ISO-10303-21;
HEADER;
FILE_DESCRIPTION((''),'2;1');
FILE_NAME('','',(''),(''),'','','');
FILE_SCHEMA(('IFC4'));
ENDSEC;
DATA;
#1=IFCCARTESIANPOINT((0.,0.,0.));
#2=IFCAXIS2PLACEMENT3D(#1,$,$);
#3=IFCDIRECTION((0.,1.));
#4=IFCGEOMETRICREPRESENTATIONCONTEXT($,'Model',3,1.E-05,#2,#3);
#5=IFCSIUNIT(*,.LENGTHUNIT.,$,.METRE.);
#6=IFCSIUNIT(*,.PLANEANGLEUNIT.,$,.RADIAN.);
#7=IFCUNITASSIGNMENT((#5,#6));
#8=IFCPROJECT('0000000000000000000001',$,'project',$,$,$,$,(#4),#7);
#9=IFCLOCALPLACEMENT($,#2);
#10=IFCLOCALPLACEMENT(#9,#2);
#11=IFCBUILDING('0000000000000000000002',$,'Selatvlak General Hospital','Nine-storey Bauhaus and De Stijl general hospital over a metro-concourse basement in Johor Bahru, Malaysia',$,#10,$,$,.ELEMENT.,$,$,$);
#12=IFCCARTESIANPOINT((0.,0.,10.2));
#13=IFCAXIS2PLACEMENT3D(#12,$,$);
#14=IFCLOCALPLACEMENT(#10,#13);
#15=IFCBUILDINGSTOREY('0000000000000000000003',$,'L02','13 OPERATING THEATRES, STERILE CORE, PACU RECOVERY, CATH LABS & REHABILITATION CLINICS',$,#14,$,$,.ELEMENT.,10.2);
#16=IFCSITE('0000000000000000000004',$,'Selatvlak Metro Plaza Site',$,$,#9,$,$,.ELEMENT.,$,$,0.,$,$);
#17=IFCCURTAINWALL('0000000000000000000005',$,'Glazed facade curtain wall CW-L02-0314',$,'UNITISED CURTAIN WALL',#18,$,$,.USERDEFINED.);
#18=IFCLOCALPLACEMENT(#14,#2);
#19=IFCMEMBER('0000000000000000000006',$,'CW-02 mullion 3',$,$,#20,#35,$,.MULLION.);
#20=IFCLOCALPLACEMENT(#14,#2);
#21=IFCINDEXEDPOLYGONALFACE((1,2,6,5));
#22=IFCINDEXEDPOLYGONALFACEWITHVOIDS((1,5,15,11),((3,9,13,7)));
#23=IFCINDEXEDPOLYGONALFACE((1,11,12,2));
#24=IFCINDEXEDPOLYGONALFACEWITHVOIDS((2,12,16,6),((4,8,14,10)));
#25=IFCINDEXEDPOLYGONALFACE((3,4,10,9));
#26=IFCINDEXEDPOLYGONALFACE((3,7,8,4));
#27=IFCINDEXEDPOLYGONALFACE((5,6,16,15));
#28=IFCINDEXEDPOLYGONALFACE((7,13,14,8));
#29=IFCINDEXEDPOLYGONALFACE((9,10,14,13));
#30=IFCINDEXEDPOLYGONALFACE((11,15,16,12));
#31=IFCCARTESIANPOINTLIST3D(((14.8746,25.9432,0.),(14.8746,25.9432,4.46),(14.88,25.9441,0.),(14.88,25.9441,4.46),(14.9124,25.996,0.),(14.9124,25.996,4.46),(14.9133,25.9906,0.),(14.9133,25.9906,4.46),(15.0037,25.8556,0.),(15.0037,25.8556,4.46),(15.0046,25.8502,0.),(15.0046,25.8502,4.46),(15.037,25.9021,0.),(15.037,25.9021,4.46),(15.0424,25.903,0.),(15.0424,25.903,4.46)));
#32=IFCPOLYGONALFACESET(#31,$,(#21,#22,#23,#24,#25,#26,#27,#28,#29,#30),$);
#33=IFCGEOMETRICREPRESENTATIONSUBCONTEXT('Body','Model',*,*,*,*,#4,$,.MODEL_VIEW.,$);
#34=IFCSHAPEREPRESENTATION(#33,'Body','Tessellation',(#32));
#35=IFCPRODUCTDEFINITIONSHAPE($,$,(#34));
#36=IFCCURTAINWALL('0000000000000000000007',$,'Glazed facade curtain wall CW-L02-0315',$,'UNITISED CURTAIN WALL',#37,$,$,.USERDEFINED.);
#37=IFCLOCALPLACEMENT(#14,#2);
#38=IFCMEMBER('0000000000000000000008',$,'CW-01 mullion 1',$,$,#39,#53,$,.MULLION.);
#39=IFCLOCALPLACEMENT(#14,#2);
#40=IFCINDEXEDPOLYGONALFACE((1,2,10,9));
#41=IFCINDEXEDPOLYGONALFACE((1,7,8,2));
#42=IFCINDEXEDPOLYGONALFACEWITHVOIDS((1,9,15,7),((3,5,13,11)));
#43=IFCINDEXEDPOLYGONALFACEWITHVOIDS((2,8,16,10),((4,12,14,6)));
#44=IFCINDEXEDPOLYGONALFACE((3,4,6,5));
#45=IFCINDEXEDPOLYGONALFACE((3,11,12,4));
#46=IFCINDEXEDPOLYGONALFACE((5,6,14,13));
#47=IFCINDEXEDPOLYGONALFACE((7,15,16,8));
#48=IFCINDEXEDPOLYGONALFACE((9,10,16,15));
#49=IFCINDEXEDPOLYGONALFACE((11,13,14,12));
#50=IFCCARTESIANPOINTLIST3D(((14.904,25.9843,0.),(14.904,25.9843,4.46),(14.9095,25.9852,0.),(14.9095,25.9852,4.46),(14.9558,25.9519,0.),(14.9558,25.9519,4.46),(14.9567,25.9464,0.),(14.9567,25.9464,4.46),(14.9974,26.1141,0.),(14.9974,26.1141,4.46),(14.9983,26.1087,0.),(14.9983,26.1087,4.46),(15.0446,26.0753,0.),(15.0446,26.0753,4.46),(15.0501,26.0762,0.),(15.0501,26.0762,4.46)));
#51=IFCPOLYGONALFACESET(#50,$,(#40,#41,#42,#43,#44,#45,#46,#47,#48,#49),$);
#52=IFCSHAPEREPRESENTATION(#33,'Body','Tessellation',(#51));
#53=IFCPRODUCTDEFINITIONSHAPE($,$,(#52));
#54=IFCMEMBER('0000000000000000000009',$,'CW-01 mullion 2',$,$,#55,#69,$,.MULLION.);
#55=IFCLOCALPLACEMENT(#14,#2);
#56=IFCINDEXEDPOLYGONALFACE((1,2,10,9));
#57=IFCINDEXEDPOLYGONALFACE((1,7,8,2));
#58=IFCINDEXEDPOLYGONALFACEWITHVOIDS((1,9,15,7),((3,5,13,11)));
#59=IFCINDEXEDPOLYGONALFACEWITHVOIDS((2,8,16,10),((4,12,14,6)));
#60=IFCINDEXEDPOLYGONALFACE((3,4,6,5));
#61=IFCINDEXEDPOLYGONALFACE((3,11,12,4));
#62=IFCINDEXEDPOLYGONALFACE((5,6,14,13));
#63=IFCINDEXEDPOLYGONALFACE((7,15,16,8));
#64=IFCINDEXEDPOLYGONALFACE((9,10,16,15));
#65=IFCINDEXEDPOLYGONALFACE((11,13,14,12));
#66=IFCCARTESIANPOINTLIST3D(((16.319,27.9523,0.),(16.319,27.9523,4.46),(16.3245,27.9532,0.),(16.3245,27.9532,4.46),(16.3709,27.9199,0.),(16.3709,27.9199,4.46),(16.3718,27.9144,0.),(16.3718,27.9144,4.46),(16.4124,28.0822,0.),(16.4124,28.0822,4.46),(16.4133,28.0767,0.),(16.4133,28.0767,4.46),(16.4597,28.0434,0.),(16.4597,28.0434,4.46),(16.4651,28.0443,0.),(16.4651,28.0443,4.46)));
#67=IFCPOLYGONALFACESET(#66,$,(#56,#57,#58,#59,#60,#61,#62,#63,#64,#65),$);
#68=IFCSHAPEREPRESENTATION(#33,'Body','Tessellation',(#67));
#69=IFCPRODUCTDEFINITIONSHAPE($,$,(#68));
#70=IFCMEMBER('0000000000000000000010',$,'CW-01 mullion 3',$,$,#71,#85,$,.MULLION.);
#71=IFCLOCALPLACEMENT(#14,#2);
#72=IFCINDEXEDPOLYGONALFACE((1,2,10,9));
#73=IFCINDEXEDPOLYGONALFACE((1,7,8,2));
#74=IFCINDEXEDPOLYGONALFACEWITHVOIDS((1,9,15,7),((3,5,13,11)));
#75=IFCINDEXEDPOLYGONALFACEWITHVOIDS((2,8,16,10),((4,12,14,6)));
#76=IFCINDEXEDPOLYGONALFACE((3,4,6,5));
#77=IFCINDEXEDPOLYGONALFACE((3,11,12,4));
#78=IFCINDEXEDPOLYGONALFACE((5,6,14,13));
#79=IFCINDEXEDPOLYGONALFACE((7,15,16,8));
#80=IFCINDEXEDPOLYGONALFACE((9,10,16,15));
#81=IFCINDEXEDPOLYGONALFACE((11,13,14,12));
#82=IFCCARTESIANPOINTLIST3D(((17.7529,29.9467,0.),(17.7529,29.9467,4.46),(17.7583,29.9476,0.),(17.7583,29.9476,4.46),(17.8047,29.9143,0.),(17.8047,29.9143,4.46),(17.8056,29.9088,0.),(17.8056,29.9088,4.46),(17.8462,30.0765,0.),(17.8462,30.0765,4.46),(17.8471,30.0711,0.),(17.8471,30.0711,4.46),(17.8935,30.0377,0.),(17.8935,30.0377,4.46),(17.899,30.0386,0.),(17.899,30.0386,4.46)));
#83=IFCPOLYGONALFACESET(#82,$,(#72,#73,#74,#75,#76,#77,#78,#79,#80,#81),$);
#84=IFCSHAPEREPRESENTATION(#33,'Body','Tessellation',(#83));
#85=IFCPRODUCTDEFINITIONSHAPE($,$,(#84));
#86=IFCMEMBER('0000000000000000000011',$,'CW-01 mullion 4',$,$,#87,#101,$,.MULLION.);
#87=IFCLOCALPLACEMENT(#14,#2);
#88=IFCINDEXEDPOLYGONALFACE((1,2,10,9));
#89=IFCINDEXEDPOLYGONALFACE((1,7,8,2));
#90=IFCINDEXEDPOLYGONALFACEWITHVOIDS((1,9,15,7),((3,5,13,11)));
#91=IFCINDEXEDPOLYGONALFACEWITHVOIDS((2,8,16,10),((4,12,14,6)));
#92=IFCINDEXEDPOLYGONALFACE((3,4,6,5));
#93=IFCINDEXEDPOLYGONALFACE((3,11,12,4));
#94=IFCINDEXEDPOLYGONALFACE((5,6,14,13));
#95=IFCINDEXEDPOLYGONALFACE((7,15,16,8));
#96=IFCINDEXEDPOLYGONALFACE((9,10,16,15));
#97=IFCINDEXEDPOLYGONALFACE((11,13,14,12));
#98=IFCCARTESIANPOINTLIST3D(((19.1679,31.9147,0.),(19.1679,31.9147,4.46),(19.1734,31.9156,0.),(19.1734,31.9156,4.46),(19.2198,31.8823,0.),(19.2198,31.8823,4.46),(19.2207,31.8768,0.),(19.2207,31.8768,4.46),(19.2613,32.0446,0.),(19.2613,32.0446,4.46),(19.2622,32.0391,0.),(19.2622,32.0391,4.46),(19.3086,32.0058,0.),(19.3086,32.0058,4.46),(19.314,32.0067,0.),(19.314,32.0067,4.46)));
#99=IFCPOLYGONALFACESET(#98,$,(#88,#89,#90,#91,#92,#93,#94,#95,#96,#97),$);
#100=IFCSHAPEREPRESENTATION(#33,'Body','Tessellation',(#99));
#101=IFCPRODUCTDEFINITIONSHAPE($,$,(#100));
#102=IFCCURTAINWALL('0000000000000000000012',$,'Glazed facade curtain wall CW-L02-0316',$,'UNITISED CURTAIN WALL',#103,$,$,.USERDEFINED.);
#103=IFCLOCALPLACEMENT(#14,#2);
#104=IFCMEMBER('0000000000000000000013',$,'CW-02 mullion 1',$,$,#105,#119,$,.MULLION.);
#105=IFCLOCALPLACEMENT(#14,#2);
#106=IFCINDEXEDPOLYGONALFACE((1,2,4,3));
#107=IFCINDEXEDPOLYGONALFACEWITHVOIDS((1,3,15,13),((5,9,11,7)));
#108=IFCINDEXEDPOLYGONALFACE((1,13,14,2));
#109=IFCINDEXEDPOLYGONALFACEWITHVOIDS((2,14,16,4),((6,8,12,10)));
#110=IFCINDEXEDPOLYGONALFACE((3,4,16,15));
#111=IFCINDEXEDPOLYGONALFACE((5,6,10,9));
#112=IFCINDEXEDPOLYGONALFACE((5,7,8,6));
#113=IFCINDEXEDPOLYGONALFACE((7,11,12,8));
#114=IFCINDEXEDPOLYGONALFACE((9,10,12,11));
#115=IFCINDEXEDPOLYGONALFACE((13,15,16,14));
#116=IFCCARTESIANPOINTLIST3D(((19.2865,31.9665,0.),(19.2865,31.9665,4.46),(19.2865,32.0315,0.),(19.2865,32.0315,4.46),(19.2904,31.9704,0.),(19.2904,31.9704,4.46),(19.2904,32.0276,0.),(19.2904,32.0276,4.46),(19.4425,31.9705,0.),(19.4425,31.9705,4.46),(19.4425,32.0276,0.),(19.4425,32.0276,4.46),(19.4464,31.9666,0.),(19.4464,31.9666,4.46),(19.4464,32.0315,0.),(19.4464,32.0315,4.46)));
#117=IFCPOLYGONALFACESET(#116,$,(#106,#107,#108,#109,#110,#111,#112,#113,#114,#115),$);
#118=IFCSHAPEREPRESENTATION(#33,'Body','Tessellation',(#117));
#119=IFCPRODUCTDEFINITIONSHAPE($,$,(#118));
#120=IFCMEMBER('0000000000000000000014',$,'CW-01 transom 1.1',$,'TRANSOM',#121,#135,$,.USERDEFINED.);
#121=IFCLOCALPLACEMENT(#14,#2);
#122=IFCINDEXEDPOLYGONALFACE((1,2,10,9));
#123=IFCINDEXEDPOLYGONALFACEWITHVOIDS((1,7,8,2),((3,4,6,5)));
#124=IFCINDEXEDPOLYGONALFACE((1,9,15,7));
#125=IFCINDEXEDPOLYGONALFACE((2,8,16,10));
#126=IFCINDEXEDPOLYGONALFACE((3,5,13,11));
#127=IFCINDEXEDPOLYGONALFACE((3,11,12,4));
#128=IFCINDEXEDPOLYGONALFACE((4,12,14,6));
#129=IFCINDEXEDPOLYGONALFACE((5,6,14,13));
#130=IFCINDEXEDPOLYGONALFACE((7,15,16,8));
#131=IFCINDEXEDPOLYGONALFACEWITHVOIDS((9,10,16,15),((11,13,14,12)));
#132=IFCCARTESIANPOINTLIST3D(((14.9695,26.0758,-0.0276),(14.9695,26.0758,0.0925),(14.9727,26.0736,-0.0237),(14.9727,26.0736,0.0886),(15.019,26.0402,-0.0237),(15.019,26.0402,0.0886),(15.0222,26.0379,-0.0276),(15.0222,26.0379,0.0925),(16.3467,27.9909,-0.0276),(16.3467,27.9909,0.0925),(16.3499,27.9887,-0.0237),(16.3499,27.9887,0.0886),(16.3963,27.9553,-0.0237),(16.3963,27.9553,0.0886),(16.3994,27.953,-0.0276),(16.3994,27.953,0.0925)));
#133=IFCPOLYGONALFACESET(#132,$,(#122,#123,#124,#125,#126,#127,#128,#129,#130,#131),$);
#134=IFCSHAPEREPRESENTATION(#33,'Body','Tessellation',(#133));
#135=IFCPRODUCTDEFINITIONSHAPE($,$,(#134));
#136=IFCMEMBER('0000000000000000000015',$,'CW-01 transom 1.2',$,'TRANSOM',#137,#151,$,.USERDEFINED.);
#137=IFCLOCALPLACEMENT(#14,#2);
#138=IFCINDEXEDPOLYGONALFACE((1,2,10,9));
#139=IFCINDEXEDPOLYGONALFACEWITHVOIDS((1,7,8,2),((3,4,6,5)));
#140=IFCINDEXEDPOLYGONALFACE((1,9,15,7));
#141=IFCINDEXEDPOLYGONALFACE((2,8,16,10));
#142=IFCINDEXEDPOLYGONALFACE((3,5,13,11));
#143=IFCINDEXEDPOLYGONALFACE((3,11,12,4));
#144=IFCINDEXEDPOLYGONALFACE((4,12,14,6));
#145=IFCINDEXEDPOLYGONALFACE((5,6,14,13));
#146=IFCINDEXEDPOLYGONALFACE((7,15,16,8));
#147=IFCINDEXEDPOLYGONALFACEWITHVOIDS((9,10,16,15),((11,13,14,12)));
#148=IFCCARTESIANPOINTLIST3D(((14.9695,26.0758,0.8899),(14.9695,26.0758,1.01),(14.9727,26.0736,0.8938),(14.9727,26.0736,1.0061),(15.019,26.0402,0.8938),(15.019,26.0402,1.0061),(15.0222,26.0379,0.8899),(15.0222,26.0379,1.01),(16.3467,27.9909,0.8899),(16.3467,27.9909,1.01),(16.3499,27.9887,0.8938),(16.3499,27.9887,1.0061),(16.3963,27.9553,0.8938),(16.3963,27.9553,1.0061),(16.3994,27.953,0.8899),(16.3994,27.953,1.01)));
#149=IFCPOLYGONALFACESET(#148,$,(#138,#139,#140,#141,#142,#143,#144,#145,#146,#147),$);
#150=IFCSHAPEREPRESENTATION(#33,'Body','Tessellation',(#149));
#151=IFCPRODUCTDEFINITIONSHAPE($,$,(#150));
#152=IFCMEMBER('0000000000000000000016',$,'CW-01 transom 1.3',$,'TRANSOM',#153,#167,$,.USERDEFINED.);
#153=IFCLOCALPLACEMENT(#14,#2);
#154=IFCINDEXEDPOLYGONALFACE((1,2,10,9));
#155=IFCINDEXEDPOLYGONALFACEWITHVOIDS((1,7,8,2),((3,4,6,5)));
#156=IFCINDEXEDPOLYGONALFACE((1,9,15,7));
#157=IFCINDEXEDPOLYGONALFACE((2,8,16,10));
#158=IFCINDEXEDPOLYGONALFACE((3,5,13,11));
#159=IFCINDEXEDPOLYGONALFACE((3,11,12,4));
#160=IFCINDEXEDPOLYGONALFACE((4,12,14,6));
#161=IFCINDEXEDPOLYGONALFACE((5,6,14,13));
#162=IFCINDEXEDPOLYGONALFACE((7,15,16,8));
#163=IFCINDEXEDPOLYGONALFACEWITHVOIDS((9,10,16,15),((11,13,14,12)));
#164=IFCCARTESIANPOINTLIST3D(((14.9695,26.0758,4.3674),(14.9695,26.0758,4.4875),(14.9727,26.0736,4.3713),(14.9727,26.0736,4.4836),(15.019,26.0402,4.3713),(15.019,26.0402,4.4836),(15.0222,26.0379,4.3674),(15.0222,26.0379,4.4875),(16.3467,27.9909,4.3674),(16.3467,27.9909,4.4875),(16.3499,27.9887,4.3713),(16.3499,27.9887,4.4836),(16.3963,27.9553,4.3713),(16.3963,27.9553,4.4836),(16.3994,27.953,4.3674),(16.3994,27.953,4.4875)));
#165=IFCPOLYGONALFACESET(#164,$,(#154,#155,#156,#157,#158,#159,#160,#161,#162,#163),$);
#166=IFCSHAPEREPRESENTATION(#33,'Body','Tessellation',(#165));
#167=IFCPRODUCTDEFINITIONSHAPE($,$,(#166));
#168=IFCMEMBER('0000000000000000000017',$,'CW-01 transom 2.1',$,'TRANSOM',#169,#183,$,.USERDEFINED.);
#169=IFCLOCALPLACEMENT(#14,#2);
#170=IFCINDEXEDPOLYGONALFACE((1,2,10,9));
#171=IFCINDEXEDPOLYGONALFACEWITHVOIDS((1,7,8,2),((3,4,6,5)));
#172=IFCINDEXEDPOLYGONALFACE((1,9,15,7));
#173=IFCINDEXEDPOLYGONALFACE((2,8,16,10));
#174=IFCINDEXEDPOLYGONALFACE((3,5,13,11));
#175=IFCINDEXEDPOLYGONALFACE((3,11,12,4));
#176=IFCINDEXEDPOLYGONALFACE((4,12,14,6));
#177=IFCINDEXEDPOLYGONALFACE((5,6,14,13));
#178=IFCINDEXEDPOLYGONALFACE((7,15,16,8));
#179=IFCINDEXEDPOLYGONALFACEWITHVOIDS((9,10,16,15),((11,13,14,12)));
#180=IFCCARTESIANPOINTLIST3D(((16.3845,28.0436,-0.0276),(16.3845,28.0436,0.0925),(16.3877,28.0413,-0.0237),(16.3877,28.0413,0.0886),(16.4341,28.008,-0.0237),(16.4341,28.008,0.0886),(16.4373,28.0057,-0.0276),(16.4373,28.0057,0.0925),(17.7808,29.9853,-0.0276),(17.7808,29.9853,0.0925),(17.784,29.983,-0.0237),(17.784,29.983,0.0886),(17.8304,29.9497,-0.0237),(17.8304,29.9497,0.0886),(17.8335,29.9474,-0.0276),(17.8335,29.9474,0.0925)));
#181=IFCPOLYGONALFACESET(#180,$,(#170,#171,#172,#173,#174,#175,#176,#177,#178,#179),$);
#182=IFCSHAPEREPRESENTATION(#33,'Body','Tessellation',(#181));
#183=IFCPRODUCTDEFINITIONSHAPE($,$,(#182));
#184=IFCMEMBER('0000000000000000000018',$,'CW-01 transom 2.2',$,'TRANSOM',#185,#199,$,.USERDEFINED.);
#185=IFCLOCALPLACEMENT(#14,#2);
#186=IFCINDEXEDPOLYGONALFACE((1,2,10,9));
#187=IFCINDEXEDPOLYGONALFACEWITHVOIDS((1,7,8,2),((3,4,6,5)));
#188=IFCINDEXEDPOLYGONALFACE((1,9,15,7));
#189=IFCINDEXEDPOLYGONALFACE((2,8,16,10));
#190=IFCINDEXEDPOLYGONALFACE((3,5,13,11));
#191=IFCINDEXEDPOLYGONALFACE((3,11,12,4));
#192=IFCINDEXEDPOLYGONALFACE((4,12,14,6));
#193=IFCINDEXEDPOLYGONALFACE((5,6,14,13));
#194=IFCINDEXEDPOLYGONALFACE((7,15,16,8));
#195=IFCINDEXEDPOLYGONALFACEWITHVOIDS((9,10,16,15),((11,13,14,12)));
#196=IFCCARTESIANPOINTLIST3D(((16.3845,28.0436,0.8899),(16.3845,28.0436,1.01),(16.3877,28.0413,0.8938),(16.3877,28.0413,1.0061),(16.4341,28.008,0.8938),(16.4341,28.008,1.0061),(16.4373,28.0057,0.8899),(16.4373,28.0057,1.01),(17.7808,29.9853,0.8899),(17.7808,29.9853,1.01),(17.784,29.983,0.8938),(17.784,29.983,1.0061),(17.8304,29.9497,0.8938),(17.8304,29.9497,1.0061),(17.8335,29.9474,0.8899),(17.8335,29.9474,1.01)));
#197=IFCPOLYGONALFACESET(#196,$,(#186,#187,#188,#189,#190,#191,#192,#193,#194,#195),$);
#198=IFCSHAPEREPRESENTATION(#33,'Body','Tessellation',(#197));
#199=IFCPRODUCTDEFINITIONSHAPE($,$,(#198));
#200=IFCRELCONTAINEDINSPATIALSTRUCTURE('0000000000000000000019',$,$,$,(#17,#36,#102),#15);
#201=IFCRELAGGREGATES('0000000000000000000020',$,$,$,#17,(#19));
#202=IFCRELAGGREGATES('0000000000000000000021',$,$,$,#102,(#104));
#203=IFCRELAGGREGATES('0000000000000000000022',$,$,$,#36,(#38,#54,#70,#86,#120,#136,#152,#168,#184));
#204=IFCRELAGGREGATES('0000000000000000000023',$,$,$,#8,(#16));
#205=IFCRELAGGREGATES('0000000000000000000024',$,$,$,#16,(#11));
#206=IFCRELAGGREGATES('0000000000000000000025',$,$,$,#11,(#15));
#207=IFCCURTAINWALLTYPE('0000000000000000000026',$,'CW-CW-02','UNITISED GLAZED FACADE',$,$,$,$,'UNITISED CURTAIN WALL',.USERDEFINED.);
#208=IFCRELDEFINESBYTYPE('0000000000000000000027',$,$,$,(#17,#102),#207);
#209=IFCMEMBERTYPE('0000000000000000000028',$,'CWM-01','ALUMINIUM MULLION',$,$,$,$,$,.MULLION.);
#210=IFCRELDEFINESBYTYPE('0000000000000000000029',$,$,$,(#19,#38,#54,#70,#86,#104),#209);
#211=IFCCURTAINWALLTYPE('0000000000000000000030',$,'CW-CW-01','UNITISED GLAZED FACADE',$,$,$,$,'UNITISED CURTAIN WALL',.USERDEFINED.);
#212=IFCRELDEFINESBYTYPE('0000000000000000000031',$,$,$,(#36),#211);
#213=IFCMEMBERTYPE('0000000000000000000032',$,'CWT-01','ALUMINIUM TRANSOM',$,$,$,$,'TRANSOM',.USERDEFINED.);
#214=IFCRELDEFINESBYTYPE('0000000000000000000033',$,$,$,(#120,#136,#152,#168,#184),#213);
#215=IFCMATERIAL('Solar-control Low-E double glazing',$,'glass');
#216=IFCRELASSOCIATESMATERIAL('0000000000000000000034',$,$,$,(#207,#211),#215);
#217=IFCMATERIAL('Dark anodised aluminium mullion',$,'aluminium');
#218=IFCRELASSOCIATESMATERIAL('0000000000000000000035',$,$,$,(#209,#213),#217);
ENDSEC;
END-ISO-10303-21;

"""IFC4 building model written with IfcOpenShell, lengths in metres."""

from ifc_helpers import new_model, si_unit, direction, frame, origin, origin_2d, place, context, subcontext, project, spatial, hollow_rectangle, extrude, material, material_profile, profile_set, type_object, element, aggregate, save


model = new_model("IFC4")

# Units and contexts
model_context = context("Model", 3, precision=1e-05, world=origin(), true_north=direction((0.0, 1.0)))
body_context = subcontext(model_context, "Body", "Model", "MODEL_VIEW")
ifc_project = project(units=[si_unit("LENGTHUNIT", "METRE"), si_unit("PLANEANGLEUNIT", "RADIAN")], contexts=[model_context])

# Site, building, storey
site_placement = place(None, origin())
site = spatial("IfcSite", under=ifc_project, at=site_placement, Name="Selatvlak Metro Plaza Site", CompositionType="ELEMENT", RefElevation=0.0)
building_placement = place(site_placement, origin())
building = spatial("IfcBuilding", under=site, at=building_placement, Name="Selatvlak General Hospital", Description="Nine-storey Bauhaus and De Stijl general hospital over a metro-concourse basement in Johor Bahru, Malaysia", CompositionType="ELEMENT")
storey_placement = place(building_placement, frame((0.0, 0.0, 10.2)))
storey = spatial("IfcBuildingStorey", under=building, at=storey_placement, Name="L02", Description="13 OPERATING THEATRES, STERILE CORE, PACU RECOVERY, CATH LABS & REHABILITATION CLINICS", CompositionType="ELEMENT", Elevation=10.2)

# Curtain wall, member
ifc_material_1 = material(Name="Solar-control Low-E double glazing", Category="glass")
curtain_wall_type_1 = type_object("IfcCurtainWallType", Name="CW-CW-02", Description="UNITISED GLAZED FACADE", ElementType="UNITISED CURTAIN WALL", PredefinedType="USERDEFINED", material=ifc_material_1)
curtain_wall_1_placement = place(storey_placement, origin())
curtain_wall_1 = element("IfcCurtainWall", 1, at=curtain_wall_1_placement, inside=storey, type_object=curtain_wall_type_1, Name="Glazed facade curtain wall CW-L02-0314", ObjectType="UNITISED CURTAIN WALL", PredefinedType="USERDEFINED")
ifc_material_2 = material(Name="Dark anodised aluminium mullion", Category="aluminium")
ifc_material_profile_1 = material_profile(ifc_material_2, hollow_rectangle(XDim=0.0649, YDim=0.1599, WallThickness=0.0039, at=origin_2d()), Name="AL-MUL 65x160x4")
ifc_profile_set_1 = profile_set([ifc_material_profile_1], Name="Dark anodised aluminium mullion")
member_type_1 = type_object("IfcMemberType", Name="CWM-01", Description="ALUMINIUM MULLION", PredefinedType="MULLION", material=ifc_profile_set_1)
member_1_placement = place(storey_placement, frame((14.9585, 25.9231, 0.0), z_axis=(0.0, 0.0, 1.0), x_axis=(-0.581803, -0.81333, 0.0)))
member_1 = element("IfcMember", 2, at=member_1_placement, type_object=member_type_1, Name="CW-02 mullion 3", PredefinedType="MULLION", context=body_context, shape_type="SweptSolid", body=[
    extrude(hollow_rectangle(XDim=0.0649, YDim=0.1599, WallThickness=0.0039, at=origin_2d()), origin(), (0.0, 0.0, 1.0), 4.46),
])
aggregate(curtain_wall_1, [member_1])

# Curtain wall, members
curtain_wall_type_2 = type_object("IfcCurtainWallType", Name="CW-CW-01", Description="UNITISED GLAZED FACADE", ElementType="UNITISED CURTAIN WALL", PredefinedType="USERDEFINED", material=ifc_material_1)
curtain_wall_2_placement = place(storey_placement, origin())
curtain_wall_2 = element("IfcCurtainWall", 3, at=curtain_wall_2_placement, inside=storey, type_object=curtain_wall_type_2, Name="Glazed facade curtain wall CW-L02-0315", ObjectType="UNITISED CURTAIN WALL", PredefinedType="USERDEFINED")
member_2_placement = place(storey_placement, frame((14.9771, 26.0303, 0.0), z_axis=(0.0, 0.0, 1.0), x_axis=(-0.811905, 0.58379, 0.0)))
member_2 = element("IfcMember", 4, at=member_2_placement, type_object=member_type_1, Name="CW-01 mullion 1", PredefinedType="MULLION", context=body_context, shape_type="SweptSolid", body=[
    extrude(hollow_rectangle(XDim=0.0649, YDim=0.1599, WallThickness=0.0039, at=origin_2d()), origin(), (0.0, 0.0, 1.0), 4.46),
])
member_3_placement = place(storey_placement, frame((16.3921, 27.9983, 0.0), z_axis=(0.0, 0.0, 1.0), x_axis=(-0.811905, 0.58379, 0.0)))
member_3 = element("IfcMember", 5, at=member_3_placement, type_object=member_type_1, Name="CW-01 mullion 2", PredefinedType="MULLION", context=body_context, shape_type="SweptSolid", body=[
    extrude(hollow_rectangle(XDim=0.0649, YDim=0.1599, WallThickness=0.0039, at=origin_2d()), origin(), (0.0, 0.0, 1.0), 4.46),
])
member_4_placement = place(storey_placement, frame((17.8259, 29.9927, 0.0), z_axis=(0.0, 0.0, 1.0), x_axis=(-0.811905, 0.58379, 0.0)))
member_4 = element("IfcMember", 6, at=member_4_placement, type_object=member_type_1, Name="CW-01 mullion 3", PredefinedType="MULLION", context=body_context, shape_type="SweptSolid", body=[
    extrude(hollow_rectangle(XDim=0.0649, YDim=0.1599, WallThickness=0.0039, at=origin_2d()), origin(), (0.0, 0.0, 1.0), 4.46),
])
member_5_placement = place(storey_placement, frame((19.241, 31.9607, 0.0), z_axis=(0.0, 0.0, 1.0), x_axis=(-0.811905, 0.58379, 0.0)))
member_5 = element("IfcMember", 7, at=member_5_placement, type_object=member_type_1, Name="CW-01 mullion 4", PredefinedType="MULLION", context=body_context, shape_type="SweptSolid", body=[
    extrude(hollow_rectangle(XDim=0.0649, YDim=0.1599, WallThickness=0.0039, at=origin_2d()), origin(), (0.0, 0.0, 1.0), 4.46),
])

# Curtain wall, member
curtain_wall_3_placement = place(storey_placement, origin())
curtain_wall_3 = element("IfcCurtainWall", 8, at=curtain_wall_3_placement, inside=storey, type_object=curtain_wall_type_1, Name="Glazed facade curtain wall CW-L02-0316", ObjectType="UNITISED CURTAIN WALL", PredefinedType="USERDEFINED")
member_6_placement = place(storey_placement, frame((19.3665, 31.999, 0.0), z_axis=(0.0, 0.0, 1.0), x_axis=(-0.000295, 1.0, 0.0)))
member_6 = element("IfcMember", 9, at=member_6_placement, type_object=member_type_1, Name="CW-02 mullion 1", PredefinedType="MULLION", context=body_context, shape_type="SweptSolid", body=[
    extrude(hollow_rectangle(XDim=0.0649, YDim=0.1599, WallThickness=0.0039, at=origin_2d()), origin(), (0.0, 0.0, 1.0), 4.46),
])

# Members
ifc_material_profile_2 = material_profile(ifc_material_2, hollow_rectangle(XDim=0.0649, YDim=0.1201, WallThickness=0.0039, at=origin_2d()), Name="AL-TRN 65x120x4")
ifc_profile_set_2 = profile_set([ifc_material_profile_2], Name="Dark anodised aluminium mullion")
member_type_2 = type_object("IfcMemberType", Name="CWT-01", Description="ALUMINIUM TRANSOM", ElementType="TRANSOM", PredefinedType="USERDEFINED", material=ifc_profile_set_2)
member_7_placement = place(storey_placement, frame((14.9958, 26.0569, 0.0325), z_axis=(0.583849, 0.811862, 0.0), x_axis=(-0.811862, 0.583849, 0.0)))
member_7 = element("IfcMember", 10, at=member_7_placement, type_object=member_type_2, Name="CW-01 transom 1.1", ObjectType="TRANSOM", PredefinedType="USERDEFINED", context=body_context, shape_type="SweptSolid", body=[
    extrude(hollow_rectangle(XDim=0.0649, YDim=0.1201, WallThickness=0.0039, at=origin_2d()), origin(), (0.0, 0.0, 1.0), 2.3589),
])
member_8_placement = place(storey_placement, frame((14.9958, 26.0569, 0.95), z_axis=(0.583849, 0.811862, 0.0), x_axis=(-0.811862, 0.583849, 0.0)))
member_8 = element("IfcMember", 11, at=member_8_placement, type_object=member_type_2, Name="CW-01 transom 1.2", ObjectType="TRANSOM", PredefinedType="USERDEFINED", context=body_context, shape_type="SweptSolid", body=[
    extrude(hollow_rectangle(XDim=0.0649, YDim=0.1201, WallThickness=0.0039, at=origin_2d()), origin(), (0.0, 0.0, 1.0), 2.3589),
])
member_9_placement = place(storey_placement, frame((14.9958, 26.0569, 4.4275), z_axis=(0.583849, 0.811862, 0.0), x_axis=(-0.811862, 0.583849, 0.0)))
member_9 = element("IfcMember", 12, at=member_9_placement, type_object=member_type_2, Name="CW-01 transom 1.3", ObjectType="TRANSOM", PredefinedType="USERDEFINED", context=body_context, shape_type="SweptSolid", body=[
    extrude(hollow_rectangle(XDim=0.0649, YDim=0.1201, WallThickness=0.0039, at=origin_2d()), origin(), (0.0, 0.0, 1.0), 2.3589),
])
member_10_placement = place(storey_placement, frame((16.4109, 28.0247, 0.0325), z_axis=(0.583823, 0.811881, 0.0), x_axis=(-0.811881, 0.583823, 0.0)))
member_10 = element("IfcMember", 13, at=member_10_placement, type_object=member_type_2, Name="CW-01 transom 2.1", ObjectType="TRANSOM", PredefinedType="USERDEFINED", context=body_context, shape_type="SweptSolid", body=[
    extrude(hollow_rectangle(XDim=0.0649, YDim=0.1201, WallThickness=0.0039, at=origin_2d()), origin(), (0.0, 0.0, 1.0), 2.3916),
])
member_11_placement = place(storey_placement, frame((16.4109, 28.0247, 0.95), z_axis=(0.583823, 0.811881, 0.0), x_axis=(-0.811881, 0.583823, 0.0)))
member_11 = element("IfcMember", 14, at=member_11_placement, type_object=member_type_2, Name="CW-01 transom 2.2", ObjectType="TRANSOM", PredefinedType="USERDEFINED", context=body_context, shape_type="SweptSolid", body=[
    extrude(hollow_rectangle(XDim=0.0649, YDim=0.1201, WallThickness=0.0039, at=origin_2d()), origin(), (0.0, 0.0, 1.0), 2.3916),
])
aggregate(curtain_wall_3, [member_6])

aggregate(curtain_wall_2, [member_2, member_3, member_4, member_5, member_7, member_8, member_9, member_10, member_11])

save(model, "model.ifc")
